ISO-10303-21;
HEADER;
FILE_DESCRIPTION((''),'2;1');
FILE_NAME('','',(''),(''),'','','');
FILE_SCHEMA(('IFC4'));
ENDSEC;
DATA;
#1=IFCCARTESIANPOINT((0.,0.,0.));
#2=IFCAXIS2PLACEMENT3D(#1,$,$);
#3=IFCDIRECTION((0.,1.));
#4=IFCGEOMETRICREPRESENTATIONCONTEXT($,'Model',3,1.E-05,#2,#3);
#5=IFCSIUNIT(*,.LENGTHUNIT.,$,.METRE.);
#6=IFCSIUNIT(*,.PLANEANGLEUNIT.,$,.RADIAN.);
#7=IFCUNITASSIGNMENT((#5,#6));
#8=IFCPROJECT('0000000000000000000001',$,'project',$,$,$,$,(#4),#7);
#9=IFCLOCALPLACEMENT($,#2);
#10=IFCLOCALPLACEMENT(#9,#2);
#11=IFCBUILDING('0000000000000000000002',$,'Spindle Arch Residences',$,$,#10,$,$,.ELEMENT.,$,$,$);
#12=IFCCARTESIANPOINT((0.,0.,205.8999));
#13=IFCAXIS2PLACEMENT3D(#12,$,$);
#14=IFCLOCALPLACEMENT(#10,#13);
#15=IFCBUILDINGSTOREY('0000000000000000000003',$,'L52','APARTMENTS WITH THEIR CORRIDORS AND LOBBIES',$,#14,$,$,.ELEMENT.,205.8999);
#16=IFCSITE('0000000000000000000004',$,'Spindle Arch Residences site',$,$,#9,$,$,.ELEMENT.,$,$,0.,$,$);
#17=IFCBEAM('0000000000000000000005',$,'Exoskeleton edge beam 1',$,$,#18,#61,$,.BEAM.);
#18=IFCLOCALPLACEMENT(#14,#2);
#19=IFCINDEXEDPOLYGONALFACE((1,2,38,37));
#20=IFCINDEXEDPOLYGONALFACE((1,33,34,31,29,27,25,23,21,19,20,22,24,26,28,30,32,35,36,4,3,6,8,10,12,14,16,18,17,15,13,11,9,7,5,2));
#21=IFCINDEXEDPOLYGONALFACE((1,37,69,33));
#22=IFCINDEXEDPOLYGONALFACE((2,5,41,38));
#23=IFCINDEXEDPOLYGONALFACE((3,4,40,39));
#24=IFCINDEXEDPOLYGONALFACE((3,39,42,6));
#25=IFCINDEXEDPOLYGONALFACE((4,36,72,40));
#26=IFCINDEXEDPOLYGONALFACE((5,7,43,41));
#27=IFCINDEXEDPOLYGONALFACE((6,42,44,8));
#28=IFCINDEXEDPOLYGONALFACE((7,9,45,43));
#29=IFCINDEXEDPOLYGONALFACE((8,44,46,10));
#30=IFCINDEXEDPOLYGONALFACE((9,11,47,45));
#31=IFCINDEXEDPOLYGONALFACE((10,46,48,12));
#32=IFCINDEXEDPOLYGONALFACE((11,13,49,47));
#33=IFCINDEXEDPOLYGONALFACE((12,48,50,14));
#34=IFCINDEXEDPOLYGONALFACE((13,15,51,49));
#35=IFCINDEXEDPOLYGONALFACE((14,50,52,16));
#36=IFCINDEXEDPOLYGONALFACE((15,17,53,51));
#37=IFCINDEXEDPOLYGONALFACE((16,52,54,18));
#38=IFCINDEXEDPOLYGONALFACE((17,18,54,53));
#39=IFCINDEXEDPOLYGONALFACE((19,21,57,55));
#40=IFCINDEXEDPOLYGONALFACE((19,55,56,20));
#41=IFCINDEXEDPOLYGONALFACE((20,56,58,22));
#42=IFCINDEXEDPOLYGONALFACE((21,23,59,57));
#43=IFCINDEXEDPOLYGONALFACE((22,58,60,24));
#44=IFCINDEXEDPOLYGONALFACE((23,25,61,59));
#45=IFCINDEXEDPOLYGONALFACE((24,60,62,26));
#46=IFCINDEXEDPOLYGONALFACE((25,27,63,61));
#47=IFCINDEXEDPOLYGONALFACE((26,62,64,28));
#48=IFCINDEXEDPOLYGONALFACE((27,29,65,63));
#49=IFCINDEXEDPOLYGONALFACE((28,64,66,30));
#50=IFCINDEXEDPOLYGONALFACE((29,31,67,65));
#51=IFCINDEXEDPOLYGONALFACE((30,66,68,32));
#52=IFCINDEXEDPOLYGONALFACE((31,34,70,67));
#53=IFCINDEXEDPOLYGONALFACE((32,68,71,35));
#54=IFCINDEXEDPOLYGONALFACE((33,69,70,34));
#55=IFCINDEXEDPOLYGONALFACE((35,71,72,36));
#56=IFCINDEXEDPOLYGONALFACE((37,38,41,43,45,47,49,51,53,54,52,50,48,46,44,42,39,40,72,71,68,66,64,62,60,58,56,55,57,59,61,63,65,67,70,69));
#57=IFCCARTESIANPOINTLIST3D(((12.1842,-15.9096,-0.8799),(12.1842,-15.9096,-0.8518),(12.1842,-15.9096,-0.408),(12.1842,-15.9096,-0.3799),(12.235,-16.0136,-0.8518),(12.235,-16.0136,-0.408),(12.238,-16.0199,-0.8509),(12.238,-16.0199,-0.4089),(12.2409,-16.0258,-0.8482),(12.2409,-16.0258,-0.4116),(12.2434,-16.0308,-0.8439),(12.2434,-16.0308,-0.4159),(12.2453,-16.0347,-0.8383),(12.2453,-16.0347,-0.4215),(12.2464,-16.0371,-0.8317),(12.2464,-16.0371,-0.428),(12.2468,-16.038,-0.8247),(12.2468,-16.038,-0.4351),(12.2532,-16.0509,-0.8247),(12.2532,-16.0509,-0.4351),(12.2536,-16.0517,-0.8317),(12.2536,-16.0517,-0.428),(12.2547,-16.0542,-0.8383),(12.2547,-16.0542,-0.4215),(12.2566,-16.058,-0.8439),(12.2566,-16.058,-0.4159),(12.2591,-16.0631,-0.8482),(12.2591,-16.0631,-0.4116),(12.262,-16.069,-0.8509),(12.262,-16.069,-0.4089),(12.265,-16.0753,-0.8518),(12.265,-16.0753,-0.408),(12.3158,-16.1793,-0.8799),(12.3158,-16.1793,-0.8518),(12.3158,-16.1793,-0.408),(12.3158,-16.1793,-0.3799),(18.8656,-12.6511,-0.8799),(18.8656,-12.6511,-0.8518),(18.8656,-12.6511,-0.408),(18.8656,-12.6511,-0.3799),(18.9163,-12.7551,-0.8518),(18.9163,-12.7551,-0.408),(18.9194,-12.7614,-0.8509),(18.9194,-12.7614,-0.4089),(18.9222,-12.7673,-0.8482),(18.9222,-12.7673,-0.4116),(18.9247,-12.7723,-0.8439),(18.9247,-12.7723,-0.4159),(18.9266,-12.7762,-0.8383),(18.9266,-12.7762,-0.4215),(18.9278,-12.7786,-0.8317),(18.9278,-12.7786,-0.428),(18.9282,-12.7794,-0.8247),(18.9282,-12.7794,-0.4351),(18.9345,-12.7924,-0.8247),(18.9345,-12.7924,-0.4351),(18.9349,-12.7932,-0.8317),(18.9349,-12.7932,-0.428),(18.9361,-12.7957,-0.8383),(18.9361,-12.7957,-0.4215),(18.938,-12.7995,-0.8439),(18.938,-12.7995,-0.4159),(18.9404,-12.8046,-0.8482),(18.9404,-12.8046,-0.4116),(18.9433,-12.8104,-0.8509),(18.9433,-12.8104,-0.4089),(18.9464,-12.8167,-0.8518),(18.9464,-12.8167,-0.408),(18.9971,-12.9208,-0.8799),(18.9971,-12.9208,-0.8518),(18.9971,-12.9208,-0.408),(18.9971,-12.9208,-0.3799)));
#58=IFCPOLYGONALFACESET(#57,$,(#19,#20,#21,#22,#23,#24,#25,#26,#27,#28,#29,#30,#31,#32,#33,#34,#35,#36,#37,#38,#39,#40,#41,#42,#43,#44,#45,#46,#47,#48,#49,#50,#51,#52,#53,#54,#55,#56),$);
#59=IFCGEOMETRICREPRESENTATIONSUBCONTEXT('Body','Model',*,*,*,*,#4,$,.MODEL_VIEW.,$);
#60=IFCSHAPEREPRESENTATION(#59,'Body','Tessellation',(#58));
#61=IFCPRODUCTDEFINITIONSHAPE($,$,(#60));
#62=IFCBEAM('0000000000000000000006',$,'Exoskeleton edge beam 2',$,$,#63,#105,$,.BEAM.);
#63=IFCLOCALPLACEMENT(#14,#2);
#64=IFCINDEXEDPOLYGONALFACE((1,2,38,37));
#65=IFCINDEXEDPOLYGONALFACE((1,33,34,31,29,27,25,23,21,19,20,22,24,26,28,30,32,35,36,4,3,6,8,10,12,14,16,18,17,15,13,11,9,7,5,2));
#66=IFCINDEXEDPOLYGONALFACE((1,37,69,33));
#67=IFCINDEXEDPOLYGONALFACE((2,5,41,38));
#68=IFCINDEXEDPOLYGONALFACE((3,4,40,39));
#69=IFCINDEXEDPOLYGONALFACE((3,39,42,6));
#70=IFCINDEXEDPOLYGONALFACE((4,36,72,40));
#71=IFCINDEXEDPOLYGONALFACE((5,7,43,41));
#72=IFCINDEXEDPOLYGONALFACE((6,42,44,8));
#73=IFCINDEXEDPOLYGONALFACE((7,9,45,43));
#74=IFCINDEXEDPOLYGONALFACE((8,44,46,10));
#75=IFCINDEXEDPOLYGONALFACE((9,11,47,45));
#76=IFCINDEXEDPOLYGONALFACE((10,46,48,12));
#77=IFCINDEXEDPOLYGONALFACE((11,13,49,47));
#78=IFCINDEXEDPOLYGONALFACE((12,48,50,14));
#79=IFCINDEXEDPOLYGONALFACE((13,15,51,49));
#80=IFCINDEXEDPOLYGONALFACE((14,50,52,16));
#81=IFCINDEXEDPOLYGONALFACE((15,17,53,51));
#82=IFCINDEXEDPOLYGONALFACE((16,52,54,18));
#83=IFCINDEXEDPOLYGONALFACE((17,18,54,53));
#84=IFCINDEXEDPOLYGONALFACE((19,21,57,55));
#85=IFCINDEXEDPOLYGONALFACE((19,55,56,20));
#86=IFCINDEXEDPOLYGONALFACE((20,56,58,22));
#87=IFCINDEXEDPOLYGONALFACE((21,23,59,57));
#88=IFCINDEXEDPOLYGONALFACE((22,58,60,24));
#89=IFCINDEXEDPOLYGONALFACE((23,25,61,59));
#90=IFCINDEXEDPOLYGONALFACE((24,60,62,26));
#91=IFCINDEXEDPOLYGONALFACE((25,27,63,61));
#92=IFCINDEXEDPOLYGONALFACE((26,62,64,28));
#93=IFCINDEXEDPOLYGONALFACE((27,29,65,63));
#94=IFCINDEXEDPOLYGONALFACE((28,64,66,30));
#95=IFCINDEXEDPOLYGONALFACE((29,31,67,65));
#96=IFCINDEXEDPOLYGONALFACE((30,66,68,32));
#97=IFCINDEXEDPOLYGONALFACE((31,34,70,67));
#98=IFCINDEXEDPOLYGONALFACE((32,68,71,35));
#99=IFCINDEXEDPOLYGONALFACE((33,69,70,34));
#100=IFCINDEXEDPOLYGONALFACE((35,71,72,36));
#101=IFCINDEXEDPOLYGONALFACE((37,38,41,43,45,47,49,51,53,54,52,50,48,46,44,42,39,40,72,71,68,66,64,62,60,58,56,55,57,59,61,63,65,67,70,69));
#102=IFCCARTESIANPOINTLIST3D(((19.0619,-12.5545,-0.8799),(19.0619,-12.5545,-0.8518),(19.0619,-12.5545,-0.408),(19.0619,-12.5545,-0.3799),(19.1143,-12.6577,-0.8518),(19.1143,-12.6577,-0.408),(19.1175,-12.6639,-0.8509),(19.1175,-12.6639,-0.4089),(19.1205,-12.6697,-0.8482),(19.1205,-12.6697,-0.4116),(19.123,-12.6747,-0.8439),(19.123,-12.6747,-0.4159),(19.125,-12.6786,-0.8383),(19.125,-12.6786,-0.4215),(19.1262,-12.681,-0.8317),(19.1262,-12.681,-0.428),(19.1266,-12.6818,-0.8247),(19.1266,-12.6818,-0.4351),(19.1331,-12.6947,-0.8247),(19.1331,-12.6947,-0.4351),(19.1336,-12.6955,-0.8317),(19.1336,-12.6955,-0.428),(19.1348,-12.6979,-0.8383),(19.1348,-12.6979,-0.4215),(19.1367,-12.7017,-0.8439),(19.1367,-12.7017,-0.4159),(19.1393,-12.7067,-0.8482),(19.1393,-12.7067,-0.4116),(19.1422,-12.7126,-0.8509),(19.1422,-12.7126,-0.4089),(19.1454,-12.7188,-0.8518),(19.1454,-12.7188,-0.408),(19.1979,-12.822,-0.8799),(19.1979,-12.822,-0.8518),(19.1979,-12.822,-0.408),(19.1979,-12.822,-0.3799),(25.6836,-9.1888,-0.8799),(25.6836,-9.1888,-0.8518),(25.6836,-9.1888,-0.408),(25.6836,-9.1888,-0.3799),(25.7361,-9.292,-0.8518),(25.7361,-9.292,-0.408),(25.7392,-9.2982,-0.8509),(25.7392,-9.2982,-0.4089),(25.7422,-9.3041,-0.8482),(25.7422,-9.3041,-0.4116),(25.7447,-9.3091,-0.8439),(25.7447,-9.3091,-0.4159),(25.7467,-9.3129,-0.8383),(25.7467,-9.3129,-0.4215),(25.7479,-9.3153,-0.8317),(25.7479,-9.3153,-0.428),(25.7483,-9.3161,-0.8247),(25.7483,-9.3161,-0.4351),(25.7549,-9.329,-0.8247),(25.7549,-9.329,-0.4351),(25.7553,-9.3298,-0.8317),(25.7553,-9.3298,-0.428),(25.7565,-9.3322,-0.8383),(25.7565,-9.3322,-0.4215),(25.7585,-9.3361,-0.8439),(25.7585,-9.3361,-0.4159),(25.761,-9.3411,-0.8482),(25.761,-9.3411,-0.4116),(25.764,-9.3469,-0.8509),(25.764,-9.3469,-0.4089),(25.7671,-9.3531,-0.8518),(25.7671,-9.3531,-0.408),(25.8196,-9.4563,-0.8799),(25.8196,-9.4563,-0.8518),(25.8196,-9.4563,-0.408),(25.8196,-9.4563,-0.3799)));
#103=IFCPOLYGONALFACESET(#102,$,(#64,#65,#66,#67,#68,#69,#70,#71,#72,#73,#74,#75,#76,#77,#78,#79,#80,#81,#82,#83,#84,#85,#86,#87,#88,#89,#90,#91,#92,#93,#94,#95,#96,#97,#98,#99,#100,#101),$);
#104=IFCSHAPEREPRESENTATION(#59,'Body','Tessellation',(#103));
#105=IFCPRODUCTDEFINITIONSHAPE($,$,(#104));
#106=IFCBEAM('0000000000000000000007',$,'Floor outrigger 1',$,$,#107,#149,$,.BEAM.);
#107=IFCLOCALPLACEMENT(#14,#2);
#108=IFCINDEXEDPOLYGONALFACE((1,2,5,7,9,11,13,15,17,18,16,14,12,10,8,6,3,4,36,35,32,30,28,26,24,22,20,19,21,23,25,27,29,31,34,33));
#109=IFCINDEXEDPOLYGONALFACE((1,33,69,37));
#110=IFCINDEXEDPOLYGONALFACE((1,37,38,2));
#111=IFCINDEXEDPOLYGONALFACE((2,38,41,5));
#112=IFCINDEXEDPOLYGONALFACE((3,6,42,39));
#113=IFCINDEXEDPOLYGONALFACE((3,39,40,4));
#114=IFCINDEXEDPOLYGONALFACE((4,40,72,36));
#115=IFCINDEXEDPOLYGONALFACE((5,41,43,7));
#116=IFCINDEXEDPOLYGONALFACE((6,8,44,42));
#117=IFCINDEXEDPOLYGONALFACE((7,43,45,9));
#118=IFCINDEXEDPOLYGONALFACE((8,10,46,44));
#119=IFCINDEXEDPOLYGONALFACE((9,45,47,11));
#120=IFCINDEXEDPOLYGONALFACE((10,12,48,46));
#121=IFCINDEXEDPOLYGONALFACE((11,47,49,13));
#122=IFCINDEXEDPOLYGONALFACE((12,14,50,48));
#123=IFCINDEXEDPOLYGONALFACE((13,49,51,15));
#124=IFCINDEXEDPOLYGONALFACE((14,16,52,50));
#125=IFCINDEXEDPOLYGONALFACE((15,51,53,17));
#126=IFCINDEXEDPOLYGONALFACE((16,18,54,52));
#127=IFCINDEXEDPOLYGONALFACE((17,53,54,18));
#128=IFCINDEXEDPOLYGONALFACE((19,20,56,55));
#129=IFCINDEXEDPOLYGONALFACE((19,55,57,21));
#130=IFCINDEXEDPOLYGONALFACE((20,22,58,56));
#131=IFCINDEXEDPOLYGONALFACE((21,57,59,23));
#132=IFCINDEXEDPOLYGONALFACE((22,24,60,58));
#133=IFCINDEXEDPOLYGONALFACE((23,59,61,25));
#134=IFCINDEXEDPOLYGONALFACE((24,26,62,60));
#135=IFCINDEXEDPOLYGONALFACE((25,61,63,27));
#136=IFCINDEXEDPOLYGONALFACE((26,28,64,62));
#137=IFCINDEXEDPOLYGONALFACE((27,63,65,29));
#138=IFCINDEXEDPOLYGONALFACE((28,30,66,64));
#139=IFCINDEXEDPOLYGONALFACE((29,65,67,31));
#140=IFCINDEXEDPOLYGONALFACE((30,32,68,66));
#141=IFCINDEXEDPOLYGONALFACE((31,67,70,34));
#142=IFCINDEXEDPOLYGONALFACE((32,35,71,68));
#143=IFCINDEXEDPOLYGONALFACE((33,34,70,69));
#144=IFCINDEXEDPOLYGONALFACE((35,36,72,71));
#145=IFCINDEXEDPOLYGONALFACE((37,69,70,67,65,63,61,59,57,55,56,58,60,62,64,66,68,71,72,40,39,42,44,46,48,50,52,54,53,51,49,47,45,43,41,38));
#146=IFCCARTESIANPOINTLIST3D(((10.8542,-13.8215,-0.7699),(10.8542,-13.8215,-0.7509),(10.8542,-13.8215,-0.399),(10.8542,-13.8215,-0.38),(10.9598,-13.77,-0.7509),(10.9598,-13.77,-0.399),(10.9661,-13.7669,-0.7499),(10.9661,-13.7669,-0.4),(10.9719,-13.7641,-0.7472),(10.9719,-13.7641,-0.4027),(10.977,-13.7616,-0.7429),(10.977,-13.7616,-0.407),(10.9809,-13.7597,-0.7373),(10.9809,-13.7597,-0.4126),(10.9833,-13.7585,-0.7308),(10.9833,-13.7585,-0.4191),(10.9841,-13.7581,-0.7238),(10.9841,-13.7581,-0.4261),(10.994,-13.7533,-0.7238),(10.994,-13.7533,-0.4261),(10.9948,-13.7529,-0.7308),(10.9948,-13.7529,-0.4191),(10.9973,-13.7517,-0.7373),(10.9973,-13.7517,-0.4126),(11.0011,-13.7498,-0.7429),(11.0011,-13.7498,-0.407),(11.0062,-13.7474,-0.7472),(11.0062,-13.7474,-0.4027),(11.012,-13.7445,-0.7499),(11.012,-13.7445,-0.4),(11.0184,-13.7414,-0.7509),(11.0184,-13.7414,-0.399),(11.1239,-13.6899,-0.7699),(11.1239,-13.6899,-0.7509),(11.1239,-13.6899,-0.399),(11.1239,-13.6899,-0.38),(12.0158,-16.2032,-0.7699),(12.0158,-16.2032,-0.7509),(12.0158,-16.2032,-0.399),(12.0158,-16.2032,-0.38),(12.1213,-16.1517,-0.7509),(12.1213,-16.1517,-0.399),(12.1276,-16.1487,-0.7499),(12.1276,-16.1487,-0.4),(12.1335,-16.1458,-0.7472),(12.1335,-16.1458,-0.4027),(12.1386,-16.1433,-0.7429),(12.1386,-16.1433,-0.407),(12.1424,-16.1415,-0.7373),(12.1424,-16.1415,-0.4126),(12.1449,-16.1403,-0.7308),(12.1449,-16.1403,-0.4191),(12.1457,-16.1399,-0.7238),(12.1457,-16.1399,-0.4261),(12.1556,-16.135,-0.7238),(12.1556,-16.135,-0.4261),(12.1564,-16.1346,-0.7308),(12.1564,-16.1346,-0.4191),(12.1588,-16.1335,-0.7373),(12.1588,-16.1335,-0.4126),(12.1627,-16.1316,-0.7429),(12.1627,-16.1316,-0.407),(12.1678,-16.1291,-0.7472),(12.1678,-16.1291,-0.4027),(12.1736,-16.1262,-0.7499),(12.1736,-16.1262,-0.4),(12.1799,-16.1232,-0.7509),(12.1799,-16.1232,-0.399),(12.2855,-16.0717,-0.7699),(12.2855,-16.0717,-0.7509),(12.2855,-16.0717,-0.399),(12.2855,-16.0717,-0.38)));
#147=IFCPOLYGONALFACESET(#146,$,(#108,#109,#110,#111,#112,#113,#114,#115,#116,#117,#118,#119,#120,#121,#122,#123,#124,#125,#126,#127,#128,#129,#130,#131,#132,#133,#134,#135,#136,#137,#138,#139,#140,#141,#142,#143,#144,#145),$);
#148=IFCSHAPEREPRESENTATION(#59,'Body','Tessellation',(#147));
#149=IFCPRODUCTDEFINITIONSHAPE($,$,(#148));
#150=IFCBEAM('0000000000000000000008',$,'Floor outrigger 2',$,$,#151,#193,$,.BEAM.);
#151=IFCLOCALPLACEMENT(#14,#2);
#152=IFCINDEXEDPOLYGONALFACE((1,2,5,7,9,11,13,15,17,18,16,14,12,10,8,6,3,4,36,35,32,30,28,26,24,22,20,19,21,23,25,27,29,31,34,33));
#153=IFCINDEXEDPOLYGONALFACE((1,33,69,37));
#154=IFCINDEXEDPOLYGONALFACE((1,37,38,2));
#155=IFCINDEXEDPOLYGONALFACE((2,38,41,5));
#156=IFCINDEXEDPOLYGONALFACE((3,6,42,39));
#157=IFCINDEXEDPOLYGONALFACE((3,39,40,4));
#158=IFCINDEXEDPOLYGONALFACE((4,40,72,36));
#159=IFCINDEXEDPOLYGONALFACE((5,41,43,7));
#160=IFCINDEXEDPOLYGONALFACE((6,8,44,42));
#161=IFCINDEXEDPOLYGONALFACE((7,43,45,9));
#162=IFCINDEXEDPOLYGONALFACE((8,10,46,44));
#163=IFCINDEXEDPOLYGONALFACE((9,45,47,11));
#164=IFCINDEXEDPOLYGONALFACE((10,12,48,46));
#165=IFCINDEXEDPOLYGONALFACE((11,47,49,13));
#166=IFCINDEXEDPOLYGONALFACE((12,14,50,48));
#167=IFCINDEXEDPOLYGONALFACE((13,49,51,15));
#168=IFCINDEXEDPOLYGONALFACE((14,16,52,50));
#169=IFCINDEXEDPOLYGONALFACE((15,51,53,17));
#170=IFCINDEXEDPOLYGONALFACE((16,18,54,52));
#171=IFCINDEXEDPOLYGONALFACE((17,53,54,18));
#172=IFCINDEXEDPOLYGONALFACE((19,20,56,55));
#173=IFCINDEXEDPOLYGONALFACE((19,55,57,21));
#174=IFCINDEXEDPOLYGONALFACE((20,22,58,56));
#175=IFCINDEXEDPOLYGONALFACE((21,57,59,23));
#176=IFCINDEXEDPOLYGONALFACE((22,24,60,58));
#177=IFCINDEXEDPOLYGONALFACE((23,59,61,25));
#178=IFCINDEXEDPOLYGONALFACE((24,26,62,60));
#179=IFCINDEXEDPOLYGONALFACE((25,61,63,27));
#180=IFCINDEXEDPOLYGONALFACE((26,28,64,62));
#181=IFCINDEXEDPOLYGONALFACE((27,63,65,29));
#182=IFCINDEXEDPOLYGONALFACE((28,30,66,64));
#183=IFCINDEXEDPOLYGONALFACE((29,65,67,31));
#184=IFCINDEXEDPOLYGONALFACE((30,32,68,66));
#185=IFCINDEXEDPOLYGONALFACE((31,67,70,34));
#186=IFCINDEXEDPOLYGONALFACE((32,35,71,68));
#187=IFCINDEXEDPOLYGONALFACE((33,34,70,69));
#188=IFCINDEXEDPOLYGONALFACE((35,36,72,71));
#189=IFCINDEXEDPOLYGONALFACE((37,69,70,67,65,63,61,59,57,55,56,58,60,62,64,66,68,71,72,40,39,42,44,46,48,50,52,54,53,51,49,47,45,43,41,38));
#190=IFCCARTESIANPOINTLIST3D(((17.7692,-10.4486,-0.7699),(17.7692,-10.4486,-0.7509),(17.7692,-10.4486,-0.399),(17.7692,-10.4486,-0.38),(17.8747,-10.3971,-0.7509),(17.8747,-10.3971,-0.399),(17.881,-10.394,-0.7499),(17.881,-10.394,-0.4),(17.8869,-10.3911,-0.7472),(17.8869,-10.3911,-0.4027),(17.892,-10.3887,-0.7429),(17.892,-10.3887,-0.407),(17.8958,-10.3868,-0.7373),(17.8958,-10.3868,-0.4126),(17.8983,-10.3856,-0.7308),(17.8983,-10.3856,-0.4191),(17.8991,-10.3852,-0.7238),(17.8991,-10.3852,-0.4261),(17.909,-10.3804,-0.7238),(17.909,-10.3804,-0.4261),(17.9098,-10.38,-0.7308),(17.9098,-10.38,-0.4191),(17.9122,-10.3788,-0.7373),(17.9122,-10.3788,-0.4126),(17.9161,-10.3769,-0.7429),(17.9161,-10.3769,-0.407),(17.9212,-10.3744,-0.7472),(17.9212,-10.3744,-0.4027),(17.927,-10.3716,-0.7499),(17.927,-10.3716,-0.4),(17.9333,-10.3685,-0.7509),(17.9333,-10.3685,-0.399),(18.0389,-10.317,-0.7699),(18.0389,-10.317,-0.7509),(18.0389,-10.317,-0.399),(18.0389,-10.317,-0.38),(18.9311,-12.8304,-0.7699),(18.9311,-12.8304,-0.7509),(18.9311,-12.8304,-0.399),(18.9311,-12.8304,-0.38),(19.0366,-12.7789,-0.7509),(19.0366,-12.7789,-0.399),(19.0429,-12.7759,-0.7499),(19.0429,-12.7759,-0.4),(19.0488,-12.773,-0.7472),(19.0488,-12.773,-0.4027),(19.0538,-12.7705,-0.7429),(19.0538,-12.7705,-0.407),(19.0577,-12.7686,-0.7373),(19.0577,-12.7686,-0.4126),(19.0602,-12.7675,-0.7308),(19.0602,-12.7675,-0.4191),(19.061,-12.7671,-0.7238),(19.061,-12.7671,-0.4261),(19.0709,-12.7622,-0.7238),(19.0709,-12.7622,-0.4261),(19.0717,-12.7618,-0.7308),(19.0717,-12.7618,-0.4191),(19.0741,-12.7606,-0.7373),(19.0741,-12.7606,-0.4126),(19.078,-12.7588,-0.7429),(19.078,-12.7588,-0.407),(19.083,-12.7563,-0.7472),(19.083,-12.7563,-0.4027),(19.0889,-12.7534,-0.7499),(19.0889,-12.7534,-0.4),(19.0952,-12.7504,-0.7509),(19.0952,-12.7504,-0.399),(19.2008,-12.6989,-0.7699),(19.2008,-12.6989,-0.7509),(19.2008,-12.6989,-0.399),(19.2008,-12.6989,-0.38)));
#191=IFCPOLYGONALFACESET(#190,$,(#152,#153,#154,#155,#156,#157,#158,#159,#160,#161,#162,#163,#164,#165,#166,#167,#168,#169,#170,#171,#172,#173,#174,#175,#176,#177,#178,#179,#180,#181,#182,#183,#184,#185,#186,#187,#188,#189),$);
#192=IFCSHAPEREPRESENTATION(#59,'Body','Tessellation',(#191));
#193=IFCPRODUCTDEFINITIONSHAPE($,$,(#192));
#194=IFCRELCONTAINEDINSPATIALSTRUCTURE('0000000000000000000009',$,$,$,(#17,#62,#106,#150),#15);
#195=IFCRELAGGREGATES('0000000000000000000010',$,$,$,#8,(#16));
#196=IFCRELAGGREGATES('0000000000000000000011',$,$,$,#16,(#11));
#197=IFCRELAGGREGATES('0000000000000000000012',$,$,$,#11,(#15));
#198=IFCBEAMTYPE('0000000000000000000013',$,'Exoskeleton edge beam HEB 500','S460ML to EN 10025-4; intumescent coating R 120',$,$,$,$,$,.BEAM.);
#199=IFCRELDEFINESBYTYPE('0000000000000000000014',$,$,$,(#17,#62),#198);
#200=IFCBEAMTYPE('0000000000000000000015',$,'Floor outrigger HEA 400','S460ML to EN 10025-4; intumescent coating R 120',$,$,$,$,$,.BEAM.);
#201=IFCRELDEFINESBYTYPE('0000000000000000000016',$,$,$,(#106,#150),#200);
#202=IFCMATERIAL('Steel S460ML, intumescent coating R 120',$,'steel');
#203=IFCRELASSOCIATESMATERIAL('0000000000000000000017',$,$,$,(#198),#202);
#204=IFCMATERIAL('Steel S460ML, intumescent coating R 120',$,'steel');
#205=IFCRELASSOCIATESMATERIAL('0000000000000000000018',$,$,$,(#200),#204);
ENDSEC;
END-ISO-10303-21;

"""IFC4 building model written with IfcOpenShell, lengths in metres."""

from ifc_helpers import new_model, si_unit, direction, frame, origin, origin_2d, place, context, subcontext, project, spatial, i_section, extrude, material, material_profile, profile_set, type_object, element, save


model = new_model("IFC4")

# Units and contexts
model_context = context("Model", 3, precision=1e-05, world=origin(), true_north=direction((0.0, 1.0)))
body_context = subcontext(model_context, "Body", "Model", "MODEL_VIEW")
ifc_project = project(units=[si_unit("LENGTHUNIT", "METRE"), si_unit("PLANEANGLEUNIT", "RADIAN")], contexts=[model_context])

# Site, building, storey
site_placement = place(None, origin())
site = spatial("IfcSite", under=ifc_project, at=site_placement, Name="Spindle Arch Residences site", CompositionType="ELEMENT", RefElevation=0.0)
building_placement = place(site_placement, origin())
building = spatial("IfcBuilding", under=site, at=building_placement, Name="Spindle Arch Residences", CompositionType="ELEMENT")
storey_placement = place(building_placement, frame((0.0, 0.0, 205.8999)))
storey = spatial("IfcBuildingStorey", under=building, at=storey_placement, Name="L52", Description="APARTMENTS WITH THEIR CORRIDORS AND LOBBIES", CompositionType="ELEMENT", Elevation=205.8999)

# Beams
ifc_material_1 = material(Name="Steel S460ML, intumescent coating R 120", Category="steel")
ifc_material_profile_1 = material_profile(ifc_material_1, i_section(OverallWidth=0.3, OverallDepth=0.5, WebThickness=0.0144, FlangeThickness=0.0281, FilletRadius=0.0271, at=origin_2d()), Name="HEB 500")
ifc_profile_set_1 = profile_set([ifc_material_profile_1], Name="Steel S460ML, intumescent coating R 120")
beam_type_1 = type_object("IfcBeamType", Name="Exoskeleton edge beam HEB 500", Description="S460ML to EN 10025-4; intumescent coating R 120", PredefinedType="BEAM", material=ifc_profile_set_1)
beam_1_placement = place(storey_placement, frame((12.25, -16.0444, -0.6299), z_axis=(0.898804, 0.438351, 0.0), x_axis=(-0.438351, 0.898804, 0.0)))
element("IfcBeam", 1, at=beam_1_placement, inside=storey, type_object=beam_type_1, Name="Exoskeleton edge beam 1", PredefinedType="BEAM", context=body_context, shape_type="SweptSolid", body=[
    extrude(i_section(OverallWidth=0.3, OverallDepth=0.5, WebThickness=0.0144, FlangeThickness=0.0281, FilletRadius=0.0271, at=origin_2d()), origin(), (0.0, 0.0, 1.0), 7.4336),
])
beam_2_placement = place(storey_placement, frame((19.1299, -12.6882, -0.6299), z_axis=(0.891456, 0.453107, 0.0), x_axis=(-0.453107, 0.891456, 0.0)))
element("IfcBeam", 2, at=beam_2_placement, inside=storey, type_object=beam_type_1, Name="Exoskeleton edge beam 2", PredefinedType="BEAM", context=body_context, shape_type="SweptSolid", body=[
    extrude(i_section(OverallWidth=0.3, OverallDepth=0.5, WebThickness=0.0144, FlangeThickness=0.0281, FilletRadius=0.0271, at=origin_2d()), origin(), (0.0, 0.0, 1.0), 7.428),
])
ifc_material_2 = material(Name="Steel S460ML, intumescent coating R 120", Category="steel")
ifc_material_profile_2 = material_profile(ifc_material_2, i_section(OverallWidth=0.3, OverallDepth=0.3899, WebThickness=0.011, FlangeThickness=0.019, FilletRadius=0.0271, at=origin_2d()), Name="HEA 400")
ifc_profile_set_2 = profile_set([ifc_material_profile_2], Name="Steel S460ML, intumescent coating R 120")
beam_type_2 = type_object("IfcBeamType", Name="Floor outrigger HEA 400", Description="S460ML to EN 10025-4; intumescent coating R 120", PredefinedType="BEAM", material=ifc_profile_set_2)
beam_3_placement = place(storey_placement, frame((12.1506, -16.1375, -0.575), z_axis=(-0.438347, 0.898806, 0.0), x_axis=(-0.898806, -0.438347, 0.0)))
element("IfcBeam", 3, at=beam_3_placement, inside=storey, type_object=beam_type_2, Name="Floor outrigger 1", PredefinedType="BEAM", context=body_context, shape_type="SweptSolid", body=[
    extrude(i_section(OverallWidth=0.3, OverallDepth=0.3899, WebThickness=0.011, FlangeThickness=0.019, FilletRadius=0.0271, at=origin_2d()), origin(), (0.0, 0.0, 1.0), 2.6499),
])
beam_4_placement = place(storey_placement, frame((19.0659, -12.7646, -0.575), z_axis=(-0.438422, 0.898769, 0.0), x_axis=(-0.898769, -0.438422, 0.0)))
element("IfcBeam", 4, at=beam_4_placement, inside=storey, type_object=beam_type_2, Name="Floor outrigger 2", PredefinedType="BEAM", context=body_context, shape_type="SweptSolid", body=[
    extrude(i_section(OverallWidth=0.3, OverallDepth=0.3899, WebThickness=0.011, FlangeThickness=0.019, FilletRadius=0.0271, at=origin_2d()), origin(), (0.0, 0.0, 1.0), 2.6501),
])

save(model, "model.ifc")
